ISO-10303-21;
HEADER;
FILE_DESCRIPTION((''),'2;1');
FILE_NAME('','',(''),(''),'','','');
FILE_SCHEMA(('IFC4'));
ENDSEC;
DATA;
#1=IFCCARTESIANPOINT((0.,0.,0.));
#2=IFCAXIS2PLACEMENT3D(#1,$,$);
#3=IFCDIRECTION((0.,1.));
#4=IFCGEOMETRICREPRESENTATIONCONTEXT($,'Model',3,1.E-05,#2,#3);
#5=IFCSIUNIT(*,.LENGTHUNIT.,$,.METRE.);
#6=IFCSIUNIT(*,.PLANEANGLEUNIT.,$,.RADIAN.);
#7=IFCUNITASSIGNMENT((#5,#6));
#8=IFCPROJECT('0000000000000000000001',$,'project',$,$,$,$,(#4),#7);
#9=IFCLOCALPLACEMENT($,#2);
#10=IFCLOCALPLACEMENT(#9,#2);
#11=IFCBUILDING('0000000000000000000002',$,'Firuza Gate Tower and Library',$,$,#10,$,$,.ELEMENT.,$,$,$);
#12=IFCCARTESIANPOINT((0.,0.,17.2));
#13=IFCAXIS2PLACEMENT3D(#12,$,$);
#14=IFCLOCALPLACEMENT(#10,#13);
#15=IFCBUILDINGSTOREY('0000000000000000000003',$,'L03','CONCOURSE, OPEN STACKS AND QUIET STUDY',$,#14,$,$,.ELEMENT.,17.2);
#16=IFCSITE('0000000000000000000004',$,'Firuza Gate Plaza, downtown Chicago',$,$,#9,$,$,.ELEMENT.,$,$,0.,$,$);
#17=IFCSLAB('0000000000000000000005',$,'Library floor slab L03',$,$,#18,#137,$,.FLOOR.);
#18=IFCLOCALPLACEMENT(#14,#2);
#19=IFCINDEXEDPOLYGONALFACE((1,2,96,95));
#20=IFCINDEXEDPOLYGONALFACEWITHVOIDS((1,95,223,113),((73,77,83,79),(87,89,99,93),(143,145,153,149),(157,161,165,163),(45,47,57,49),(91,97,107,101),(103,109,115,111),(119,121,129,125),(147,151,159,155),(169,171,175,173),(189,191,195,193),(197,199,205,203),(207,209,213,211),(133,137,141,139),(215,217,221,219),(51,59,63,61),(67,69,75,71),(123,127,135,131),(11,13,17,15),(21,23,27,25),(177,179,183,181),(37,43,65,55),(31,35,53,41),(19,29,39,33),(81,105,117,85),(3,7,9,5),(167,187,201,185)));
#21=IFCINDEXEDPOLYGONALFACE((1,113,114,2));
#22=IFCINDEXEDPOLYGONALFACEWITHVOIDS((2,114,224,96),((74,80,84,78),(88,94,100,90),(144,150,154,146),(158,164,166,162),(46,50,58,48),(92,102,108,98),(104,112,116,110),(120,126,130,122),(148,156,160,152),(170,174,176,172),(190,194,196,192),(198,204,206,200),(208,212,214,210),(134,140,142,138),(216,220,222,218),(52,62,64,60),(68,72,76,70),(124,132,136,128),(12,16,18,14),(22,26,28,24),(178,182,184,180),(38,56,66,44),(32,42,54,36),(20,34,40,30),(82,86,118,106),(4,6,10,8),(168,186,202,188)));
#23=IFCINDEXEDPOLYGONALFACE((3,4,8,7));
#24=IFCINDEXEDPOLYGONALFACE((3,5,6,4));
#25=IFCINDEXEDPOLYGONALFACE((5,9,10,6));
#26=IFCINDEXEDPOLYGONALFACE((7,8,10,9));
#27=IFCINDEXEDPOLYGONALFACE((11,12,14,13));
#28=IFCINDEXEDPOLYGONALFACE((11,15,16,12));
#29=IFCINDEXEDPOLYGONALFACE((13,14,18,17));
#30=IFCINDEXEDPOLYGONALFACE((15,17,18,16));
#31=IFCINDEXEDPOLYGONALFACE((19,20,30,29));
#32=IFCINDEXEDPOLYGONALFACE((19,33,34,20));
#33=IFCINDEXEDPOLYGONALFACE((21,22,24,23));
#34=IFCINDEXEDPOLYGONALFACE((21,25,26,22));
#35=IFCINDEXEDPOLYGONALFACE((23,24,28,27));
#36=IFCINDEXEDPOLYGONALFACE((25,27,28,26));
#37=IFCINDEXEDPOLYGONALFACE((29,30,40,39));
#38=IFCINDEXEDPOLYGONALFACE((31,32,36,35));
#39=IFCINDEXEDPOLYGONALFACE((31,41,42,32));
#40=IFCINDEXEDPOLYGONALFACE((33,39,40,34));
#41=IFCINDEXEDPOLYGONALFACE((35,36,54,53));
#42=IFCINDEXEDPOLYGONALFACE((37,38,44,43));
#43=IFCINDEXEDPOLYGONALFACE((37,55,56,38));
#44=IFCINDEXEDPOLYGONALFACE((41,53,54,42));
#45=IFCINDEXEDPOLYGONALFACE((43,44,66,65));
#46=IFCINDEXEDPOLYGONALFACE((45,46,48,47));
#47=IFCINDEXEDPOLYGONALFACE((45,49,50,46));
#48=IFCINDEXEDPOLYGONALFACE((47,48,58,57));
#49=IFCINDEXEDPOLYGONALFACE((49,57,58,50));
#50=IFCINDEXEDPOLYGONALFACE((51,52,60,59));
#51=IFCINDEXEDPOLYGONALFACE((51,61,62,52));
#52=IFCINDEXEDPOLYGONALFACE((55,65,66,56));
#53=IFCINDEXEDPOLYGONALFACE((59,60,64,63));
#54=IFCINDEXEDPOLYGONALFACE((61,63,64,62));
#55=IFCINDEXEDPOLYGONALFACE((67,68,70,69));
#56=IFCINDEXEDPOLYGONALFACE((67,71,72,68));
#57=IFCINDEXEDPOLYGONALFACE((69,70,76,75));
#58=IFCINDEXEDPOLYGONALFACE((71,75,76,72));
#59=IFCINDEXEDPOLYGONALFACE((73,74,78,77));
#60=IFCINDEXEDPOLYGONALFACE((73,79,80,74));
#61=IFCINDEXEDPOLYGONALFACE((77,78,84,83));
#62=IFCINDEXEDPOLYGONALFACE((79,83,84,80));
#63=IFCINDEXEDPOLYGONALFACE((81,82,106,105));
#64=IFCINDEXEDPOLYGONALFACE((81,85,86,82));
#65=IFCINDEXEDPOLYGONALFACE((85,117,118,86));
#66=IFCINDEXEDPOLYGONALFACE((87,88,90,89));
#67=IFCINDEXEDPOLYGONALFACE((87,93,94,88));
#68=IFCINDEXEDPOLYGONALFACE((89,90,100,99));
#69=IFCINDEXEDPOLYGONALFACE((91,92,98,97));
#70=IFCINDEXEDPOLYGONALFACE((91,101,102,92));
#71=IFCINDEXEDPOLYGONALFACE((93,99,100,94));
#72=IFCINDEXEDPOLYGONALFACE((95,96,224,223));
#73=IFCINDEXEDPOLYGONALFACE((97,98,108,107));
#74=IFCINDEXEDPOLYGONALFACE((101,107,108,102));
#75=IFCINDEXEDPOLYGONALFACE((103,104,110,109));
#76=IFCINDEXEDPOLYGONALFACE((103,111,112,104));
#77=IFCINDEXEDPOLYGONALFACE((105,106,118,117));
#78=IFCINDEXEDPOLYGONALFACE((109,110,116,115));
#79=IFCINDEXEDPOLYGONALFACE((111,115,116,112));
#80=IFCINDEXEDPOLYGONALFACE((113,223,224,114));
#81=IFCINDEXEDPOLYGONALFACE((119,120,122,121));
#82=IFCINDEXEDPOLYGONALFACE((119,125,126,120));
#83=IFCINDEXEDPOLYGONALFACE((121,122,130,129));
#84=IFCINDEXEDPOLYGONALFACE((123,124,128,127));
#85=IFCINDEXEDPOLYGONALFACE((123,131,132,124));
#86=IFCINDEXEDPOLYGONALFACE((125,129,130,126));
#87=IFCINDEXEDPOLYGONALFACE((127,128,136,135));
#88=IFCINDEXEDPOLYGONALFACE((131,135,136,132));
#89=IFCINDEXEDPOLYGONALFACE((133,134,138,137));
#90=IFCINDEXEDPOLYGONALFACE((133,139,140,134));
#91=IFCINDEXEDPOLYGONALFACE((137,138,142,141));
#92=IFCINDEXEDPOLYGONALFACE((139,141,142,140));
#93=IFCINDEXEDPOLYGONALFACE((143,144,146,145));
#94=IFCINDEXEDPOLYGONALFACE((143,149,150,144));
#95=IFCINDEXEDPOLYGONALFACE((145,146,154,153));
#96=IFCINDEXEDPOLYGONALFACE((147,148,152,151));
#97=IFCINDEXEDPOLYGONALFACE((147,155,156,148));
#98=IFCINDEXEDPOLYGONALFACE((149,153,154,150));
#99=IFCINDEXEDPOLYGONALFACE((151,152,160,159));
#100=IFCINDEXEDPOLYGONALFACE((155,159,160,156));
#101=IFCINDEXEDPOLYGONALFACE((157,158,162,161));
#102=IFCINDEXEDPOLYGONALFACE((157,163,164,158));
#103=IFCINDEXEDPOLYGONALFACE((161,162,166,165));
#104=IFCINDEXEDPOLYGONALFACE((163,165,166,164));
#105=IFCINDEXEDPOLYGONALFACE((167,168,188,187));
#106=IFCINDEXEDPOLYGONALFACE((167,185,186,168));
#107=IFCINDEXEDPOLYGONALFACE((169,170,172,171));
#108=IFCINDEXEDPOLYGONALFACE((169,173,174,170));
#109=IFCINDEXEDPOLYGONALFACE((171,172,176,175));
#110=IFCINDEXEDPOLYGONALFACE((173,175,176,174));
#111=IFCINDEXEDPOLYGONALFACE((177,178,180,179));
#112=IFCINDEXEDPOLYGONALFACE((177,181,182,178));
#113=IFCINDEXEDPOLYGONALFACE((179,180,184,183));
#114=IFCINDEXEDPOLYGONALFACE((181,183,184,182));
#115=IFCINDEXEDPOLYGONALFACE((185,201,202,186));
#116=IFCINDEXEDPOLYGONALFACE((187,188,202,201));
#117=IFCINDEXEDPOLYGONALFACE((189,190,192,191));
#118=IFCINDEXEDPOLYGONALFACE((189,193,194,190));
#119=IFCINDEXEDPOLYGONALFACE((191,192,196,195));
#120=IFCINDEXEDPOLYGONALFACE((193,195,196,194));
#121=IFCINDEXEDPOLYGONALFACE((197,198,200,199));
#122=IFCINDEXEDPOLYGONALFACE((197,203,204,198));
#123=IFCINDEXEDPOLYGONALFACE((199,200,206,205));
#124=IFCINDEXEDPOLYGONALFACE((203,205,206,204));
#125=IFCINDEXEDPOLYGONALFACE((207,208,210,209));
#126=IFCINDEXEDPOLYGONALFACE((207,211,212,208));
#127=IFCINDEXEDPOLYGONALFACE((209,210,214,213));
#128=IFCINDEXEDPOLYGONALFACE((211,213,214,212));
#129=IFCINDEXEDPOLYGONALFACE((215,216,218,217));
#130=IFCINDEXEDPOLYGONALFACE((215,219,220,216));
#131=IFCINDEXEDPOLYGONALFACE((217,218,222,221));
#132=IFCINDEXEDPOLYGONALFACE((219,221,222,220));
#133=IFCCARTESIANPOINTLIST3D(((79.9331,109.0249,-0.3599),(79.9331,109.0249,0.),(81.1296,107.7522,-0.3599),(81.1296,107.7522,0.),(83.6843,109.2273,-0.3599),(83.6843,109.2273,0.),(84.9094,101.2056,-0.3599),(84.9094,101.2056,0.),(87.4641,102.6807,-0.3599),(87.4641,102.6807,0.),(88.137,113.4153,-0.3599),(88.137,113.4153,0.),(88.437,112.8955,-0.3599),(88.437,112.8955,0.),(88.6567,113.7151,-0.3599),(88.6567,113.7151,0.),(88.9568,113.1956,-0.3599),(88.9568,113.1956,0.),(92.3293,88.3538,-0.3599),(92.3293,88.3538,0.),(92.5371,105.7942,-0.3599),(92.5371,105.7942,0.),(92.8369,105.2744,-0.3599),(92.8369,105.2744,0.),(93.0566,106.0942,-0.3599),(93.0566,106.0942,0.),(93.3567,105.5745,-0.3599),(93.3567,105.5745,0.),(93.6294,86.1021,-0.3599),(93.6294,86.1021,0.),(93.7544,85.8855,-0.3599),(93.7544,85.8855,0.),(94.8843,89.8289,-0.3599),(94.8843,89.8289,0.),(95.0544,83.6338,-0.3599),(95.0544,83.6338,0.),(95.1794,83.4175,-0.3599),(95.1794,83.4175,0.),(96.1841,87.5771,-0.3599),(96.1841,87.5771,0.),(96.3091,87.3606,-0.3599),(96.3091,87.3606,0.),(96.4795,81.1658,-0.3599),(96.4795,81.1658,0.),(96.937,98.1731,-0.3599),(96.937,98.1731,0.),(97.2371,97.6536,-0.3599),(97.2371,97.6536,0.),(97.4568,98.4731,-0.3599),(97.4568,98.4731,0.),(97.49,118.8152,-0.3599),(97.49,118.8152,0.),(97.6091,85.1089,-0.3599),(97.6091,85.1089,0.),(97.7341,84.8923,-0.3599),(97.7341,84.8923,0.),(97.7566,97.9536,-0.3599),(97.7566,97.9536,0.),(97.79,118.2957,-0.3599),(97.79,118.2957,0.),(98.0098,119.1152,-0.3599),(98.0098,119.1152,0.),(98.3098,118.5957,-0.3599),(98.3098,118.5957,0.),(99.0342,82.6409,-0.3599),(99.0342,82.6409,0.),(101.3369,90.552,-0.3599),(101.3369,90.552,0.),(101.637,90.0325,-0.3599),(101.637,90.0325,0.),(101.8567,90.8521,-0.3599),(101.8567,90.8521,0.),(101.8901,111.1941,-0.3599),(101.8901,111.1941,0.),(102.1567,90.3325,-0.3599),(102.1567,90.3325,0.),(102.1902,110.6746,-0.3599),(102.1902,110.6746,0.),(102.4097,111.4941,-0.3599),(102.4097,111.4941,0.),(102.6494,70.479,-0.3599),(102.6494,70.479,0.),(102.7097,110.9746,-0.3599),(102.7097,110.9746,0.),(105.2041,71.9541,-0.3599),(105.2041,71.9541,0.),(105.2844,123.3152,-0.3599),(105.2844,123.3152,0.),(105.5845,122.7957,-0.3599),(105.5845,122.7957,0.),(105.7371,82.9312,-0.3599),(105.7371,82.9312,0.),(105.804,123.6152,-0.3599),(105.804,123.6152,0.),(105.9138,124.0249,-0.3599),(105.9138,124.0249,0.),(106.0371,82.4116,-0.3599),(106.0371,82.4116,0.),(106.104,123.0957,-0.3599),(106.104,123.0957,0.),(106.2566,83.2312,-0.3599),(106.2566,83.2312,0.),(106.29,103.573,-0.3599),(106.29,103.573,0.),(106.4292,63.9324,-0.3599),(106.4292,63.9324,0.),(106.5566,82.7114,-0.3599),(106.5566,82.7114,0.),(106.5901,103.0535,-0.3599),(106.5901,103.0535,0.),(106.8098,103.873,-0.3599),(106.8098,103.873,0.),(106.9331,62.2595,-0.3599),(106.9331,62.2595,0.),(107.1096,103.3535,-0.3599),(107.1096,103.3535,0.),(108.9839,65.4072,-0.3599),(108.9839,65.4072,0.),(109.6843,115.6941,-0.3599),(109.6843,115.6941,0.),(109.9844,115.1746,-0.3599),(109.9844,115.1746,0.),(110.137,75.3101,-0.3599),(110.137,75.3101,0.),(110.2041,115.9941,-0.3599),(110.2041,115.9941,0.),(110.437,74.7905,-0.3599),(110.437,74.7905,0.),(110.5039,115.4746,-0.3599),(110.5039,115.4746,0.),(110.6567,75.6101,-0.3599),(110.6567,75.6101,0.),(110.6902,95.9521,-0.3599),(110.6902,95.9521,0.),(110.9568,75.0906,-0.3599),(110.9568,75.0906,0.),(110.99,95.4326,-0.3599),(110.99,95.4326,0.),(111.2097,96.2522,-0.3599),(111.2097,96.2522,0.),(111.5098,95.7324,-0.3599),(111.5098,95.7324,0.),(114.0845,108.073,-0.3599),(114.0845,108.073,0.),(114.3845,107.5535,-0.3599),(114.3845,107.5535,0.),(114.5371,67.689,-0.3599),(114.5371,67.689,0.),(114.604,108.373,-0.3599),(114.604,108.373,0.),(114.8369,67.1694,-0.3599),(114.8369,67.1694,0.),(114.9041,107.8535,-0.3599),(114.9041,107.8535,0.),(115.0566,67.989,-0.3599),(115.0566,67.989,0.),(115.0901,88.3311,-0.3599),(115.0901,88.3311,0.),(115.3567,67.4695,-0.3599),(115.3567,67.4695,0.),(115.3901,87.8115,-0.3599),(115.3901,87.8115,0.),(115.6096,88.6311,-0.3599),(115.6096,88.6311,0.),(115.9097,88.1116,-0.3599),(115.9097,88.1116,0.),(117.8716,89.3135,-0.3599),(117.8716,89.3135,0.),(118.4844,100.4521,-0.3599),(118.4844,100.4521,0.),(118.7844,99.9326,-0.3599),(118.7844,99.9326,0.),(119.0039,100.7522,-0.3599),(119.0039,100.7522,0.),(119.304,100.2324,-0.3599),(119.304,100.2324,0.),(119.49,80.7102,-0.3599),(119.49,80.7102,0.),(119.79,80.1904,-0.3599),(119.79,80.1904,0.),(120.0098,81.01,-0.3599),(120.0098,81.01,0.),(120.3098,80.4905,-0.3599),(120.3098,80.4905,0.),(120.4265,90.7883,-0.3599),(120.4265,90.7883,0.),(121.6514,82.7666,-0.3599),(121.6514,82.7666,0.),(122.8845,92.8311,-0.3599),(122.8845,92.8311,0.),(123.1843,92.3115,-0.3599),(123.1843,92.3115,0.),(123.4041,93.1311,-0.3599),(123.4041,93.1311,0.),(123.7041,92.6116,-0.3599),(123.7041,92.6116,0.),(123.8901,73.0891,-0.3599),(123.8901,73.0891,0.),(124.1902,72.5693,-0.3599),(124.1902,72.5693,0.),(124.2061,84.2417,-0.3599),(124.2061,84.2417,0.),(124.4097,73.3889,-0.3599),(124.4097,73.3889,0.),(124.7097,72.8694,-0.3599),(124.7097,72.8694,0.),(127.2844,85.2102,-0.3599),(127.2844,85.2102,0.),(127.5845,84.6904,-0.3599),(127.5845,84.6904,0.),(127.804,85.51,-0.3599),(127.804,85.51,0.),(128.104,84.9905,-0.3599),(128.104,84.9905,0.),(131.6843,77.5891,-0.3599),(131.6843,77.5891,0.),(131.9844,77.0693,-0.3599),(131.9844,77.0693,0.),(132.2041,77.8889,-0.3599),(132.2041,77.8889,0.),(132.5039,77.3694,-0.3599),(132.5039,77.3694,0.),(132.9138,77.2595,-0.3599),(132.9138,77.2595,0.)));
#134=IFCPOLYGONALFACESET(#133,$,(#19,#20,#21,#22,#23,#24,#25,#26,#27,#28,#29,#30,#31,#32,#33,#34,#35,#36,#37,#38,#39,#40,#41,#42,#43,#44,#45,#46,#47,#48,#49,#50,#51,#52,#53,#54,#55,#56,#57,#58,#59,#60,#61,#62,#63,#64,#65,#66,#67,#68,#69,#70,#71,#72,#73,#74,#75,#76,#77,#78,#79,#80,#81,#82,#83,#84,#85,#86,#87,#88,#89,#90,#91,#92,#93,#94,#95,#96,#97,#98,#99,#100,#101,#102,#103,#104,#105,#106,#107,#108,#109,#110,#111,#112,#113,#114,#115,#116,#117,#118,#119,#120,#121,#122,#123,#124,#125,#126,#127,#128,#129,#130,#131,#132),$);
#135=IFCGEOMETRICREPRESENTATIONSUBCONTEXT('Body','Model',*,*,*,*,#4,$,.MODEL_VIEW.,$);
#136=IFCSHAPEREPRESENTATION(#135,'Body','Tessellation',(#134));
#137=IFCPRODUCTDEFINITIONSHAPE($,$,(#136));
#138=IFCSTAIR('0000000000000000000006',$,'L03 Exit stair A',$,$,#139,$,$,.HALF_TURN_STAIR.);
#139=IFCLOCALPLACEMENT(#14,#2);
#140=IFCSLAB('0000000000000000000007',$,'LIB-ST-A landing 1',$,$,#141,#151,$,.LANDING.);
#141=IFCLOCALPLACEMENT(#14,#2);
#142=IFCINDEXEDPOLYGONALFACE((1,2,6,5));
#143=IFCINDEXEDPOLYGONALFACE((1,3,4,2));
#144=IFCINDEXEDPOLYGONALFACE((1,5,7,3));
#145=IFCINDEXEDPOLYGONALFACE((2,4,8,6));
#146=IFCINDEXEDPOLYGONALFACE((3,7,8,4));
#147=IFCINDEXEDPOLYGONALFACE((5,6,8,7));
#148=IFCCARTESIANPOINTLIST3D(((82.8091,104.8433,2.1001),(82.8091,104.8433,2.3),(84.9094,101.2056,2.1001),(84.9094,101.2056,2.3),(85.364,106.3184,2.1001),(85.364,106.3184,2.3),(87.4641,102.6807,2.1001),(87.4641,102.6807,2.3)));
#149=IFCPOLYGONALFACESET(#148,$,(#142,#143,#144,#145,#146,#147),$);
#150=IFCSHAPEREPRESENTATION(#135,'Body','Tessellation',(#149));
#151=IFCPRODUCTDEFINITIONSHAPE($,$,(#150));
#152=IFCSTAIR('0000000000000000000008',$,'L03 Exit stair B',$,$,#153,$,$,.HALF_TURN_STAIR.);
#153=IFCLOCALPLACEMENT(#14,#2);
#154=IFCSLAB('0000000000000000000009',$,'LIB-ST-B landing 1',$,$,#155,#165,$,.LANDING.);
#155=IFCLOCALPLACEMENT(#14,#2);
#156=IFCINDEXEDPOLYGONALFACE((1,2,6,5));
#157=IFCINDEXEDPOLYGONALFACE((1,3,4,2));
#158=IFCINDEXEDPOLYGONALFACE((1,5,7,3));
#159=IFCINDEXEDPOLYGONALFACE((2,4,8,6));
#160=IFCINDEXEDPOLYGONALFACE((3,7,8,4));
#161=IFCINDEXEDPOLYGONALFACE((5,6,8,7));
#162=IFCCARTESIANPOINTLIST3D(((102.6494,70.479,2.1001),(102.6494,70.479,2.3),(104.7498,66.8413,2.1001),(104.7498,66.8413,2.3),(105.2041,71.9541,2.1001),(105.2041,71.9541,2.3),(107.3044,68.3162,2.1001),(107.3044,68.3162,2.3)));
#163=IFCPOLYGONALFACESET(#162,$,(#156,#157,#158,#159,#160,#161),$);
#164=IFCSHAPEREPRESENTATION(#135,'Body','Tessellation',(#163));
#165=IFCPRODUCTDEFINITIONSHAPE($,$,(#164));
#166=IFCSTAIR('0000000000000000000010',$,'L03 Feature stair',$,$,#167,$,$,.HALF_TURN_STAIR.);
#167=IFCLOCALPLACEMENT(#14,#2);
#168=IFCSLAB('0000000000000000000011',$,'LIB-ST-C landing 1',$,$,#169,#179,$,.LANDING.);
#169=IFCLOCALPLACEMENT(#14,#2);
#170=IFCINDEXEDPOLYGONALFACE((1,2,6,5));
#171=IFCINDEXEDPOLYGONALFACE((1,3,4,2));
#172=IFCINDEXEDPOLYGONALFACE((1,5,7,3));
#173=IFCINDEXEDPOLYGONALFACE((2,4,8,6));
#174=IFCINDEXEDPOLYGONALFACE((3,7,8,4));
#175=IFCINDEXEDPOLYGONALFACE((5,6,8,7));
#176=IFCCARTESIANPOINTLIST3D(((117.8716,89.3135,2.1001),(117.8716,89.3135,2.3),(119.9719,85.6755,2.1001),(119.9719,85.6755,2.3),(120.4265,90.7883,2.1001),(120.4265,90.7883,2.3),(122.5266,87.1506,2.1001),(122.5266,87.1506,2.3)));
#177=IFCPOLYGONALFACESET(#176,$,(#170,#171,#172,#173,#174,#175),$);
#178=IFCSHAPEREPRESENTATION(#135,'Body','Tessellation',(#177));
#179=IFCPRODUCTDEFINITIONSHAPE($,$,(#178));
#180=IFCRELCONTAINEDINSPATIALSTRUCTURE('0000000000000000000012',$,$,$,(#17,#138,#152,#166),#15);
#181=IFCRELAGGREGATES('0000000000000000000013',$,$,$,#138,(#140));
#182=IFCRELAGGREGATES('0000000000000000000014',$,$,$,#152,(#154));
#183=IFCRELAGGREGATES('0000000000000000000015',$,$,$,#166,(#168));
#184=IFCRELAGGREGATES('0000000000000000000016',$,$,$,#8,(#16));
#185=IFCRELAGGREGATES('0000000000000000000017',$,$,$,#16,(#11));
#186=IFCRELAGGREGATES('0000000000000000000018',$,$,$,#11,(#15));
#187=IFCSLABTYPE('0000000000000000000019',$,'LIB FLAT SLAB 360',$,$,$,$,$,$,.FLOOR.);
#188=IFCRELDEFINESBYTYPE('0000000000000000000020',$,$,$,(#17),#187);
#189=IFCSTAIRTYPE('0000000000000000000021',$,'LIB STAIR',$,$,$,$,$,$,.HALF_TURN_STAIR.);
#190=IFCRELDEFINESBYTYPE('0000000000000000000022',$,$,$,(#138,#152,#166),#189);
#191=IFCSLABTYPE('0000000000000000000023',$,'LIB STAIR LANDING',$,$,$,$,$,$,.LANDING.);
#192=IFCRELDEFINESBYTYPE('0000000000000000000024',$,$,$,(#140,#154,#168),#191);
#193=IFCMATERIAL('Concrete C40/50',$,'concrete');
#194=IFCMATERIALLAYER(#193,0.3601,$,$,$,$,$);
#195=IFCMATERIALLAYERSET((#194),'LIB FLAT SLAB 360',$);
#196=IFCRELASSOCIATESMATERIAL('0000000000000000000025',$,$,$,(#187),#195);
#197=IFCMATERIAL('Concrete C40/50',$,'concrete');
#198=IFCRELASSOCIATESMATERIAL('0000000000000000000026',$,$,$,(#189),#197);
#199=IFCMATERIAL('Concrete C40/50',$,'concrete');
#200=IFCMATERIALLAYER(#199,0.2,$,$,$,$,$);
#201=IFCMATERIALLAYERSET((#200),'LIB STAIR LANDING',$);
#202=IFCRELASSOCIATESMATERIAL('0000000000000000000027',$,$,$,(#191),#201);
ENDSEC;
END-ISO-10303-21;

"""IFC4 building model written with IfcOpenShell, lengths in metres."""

from ifc_helpers import new_model, si_unit, direction, frame, origin, place, context, subcontext, project, spatial, polyline, outline, extrude, material, layer, layer_set, type_object, element, aggregate, save


model = new_model("IFC4")

# Units and contexts
model_context = context("Model", 3, precision=1e-05, world=origin(), true_north=direction((0.0, 1.0)))
body_context = subcontext(model_context, "Body", "Model", "MODEL_VIEW")
ifc_project = project(units=[si_unit("LENGTHUNIT", "METRE"), si_unit("PLANEANGLEUNIT", "RADIAN")], contexts=[model_context])

# Site, building, storey
site_placement = place(None, origin())
site = spatial("IfcSite", under=ifc_project, at=site_placement, Name="Firuza Gate Plaza, downtown Chicago", CompositionType="ELEMENT", RefElevation=0.0)
building_placement = place(site_placement, origin())
building = spatial("IfcBuilding", under=site, at=building_placement, Name="Firuza Gate Tower and Library", CompositionType="ELEMENT")
storey_placement = place(building_placement, frame((0.0, 0.0, 17.2)))
storey = spatial("IfcBuildingStorey", under=building, at=storey_placement, Name="L03", Description="CONCOURSE, OPEN STACKS AND QUIET STUDY", CompositionType="ELEMENT", Elevation=17.2)

# Shared definitions
placement_1 = place(storey_placement, origin())

# Slab
ifc_material_1 = material(Name="Concrete C40/50", Category="concrete")
ifc_layer_1 = layer(ifc_material_1, 0.3601)
ifc_layer_set_1 = layer_set([ifc_layer_1], Name="LIB FLAT SLAB 360")
slab_type_1 = type_object("IfcSlabType", Name="LIB FLAT SLAB 360", PredefinedType="FLOOR", material=ifc_layer_set_1)
slab_1_placement = place(storey_placement, frame((0.0, 0.0, -0.3599)))
element("IfcSlab", 1, at=slab_1_placement, inside=storey, type_object=slab_type_1, Name="Library floor slab L03", PredefinedType="FLOOR", context=body_context, shape_type="SweptSolid", body=[
    extrude(outline(polyline([(106.9331, 62.2595), (132.9138, 77.2595), (105.9138, 124.0249), (79.9331, 109.0249), (106.9331, 62.2595)]), holes=[polyline([(108.9839, 65.4072), (105.2041, 71.9541), (102.6494, 70.479), (106.4292, 63.9324), (108.9839, 65.4072)]), polyline([(96.4795, 81.1658), (99.0342, 82.6409), (97.7341, 84.8923), (95.1794, 83.4175), (96.4795, 81.1658)]), polyline([(95.0544, 83.6338), (97.6091, 85.1089), (96.3091, 87.3606), (93.7544, 85.8855), (95.0544, 83.6338)]), polyline([(114.5371, 67.689), (114.8369, 67.1694), (115.3567, 67.4695), (115.0566, 67.989), (114.5371, 67.689)]), polyline([(110.437, 74.7905), (110.9568, 75.0906), (110.6567, 75.6101), (110.137, 75.3101), (110.437, 74.7905)]), polyline([(106.0371, 82.4116), (106.5566, 82.7114), (106.2566, 83.2312), (105.7371, 82.9312), (106.0371, 82.4116)]), polyline([(101.3369, 90.552), (101.637, 90.0325), (102.1567, 90.3325), (101.8567, 90.8521), (101.3369, 90.552)]), polyline([(124.1902, 72.5693), (124.7097, 72.8694), (124.4097, 73.3889), (123.8901, 73.0891), (124.1902, 72.5693)]), polyline([(119.79, 80.1904), (120.3098, 80.4905), (120.0098, 81.01), (119.49, 80.7102), (119.79, 80.1904)]), polyline([(115.3901, 87.8115), (115.9097, 88.1116), (115.6096, 88.6311), (115.0901, 88.3311), (115.3901, 87.8115)]), polyline([(120.4265, 90.7883), (117.8716, 89.3135), (121.6514, 82.7666), (124.2061, 84.2417), (120.4265, 90.7883)]), polyline([(131.9844, 77.0693), (132.5039, 77.3694), (132.2041, 77.8889), (131.6843, 77.5891), (131.9844, 77.0693)]), polyline([(127.5845, 84.6904), (128.104, 84.9905), (127.804, 85.51), (127.2844, 85.2102), (127.5845, 84.6904)]), polyline([(122.8845, 92.8311), (123.1843, 92.3115), (123.7041, 92.6116), (123.4041, 93.1311), (122.8845, 92.8311)]), polyline([(84.9094, 101.2056), (87.4641, 102.6807), (83.6843, 109.2273), (81.1296, 107.7522), (84.9094, 101.2056)]), polyline([(93.6294, 86.1021), (96.1841, 87.5771), (94.8843, 89.8289), (92.3293, 88.3538), (93.6294, 86.1021)]), polyline([(97.2371, 97.6536), (97.7566, 97.9536), (97.4568, 98.4731), (96.937, 98.1731), (97.2371, 97.6536)]), polyline([(92.8369, 105.2744), (93.3567, 105.5745), (93.0566, 106.0942), (92.5371, 105.7942), (92.8369, 105.2744)]), polyline([(88.437, 112.8955), (88.9568, 113.1956), (88.6567, 113.7151), (88.137, 113.4153), (88.437, 112.8955)]), polyline([(110.99, 95.4326), (111.5098, 95.7324), (111.2097, 96.2522), (110.6902, 95.9521), (110.99, 95.4326)]), polyline([(106.29, 103.573), (106.5901, 103.0535), (107.1096, 103.3535), (106.8098, 103.873), (106.29, 103.573)]), polyline([(102.1902, 110.6746), (102.7097, 110.9746), (102.4097, 111.4941), (101.8901, 111.1941), (102.1902, 110.6746)]), polyline([(97.79, 118.2957), (98.3098, 118.5957), (98.0098, 119.1152), (97.49, 118.8152), (97.79, 118.2957)]), polyline([(118.7844, 99.9326), (119.304, 100.2324), (119.0039, 100.7522), (118.4844, 100.4521), (118.7844, 99.9326)]), polyline([(114.3845, 107.5535), (114.9041, 107.8535), (114.604, 108.373), (114.0845, 108.073), (114.3845, 107.5535)]), polyline([(109.9844, 115.1746), (110.5039, 115.4746), (110.2041, 115.9941), (109.6843, 115.6941), (109.9844, 115.1746)]), polyline([(105.5845, 122.7957), (106.104, 123.0957), (105.804, 123.6152), (105.2844, 123.3152), (105.5845, 122.7957)])]), origin(), (0.0, 0.0, 1.0), 0.3599),
])

# Stairs, slabs
ifc_material_2 = material(Name="Concrete C40/50", Category="concrete")
stair_type_1 = type_object("IfcStairType", Name="LIB STAIR", PredefinedType="HALF_TURN_STAIR", material=ifc_material_2)
stair_1 = element("IfcStair", 2, at=placement_1, inside=storey, type_object=stair_type_1, Name="L03 Exit stair A", PredefinedType="HALF_TURN_STAIR")
ifc_material_3 = material(Name="Concrete C40/50", Category="concrete")
ifc_layer_2 = layer(ifc_material_3, 0.2)
ifc_layer_set_2 = layer_set([ifc_layer_2], Name="LIB STAIR LANDING")
slab_type_2 = type_object("IfcSlabType", Name="LIB STAIR LANDING", PredefinedType="LANDING", material=ifc_layer_set_2)
placement_2 = place(storey_placement, frame((0.0, 0.0, 2.1001)))
slab_2 = element("IfcSlab", 3, at=placement_2, type_object=slab_type_2, Name="LIB-ST-A landing 1", PredefinedType="LANDING", context=body_context, shape_type="SweptSolid", body=[
    extrude(outline(polyline([(82.8091, 104.8433), (84.9094, 101.2056), (87.4641, 102.6807), (85.364, 106.3184), (82.8091, 104.8433)])), origin(), (0.0, 0.0, 1.0), 0.2),
])
aggregate(stair_1, [slab_2])
stair_2 = element("IfcStair", 4, at=placement_1, inside=storey, type_object=stair_type_1, Name="L03 Exit stair B", PredefinedType="HALF_TURN_STAIR")
slab_3 = element("IfcSlab", 5, at=placement_2, type_object=slab_type_2, Name="LIB-ST-B landing 1", PredefinedType="LANDING", context=body_context, shape_type="SweptSolid", body=[
    extrude(outline(polyline([(107.3044, 68.3162), (105.2041, 71.9541), (102.6494, 70.479), (104.7498, 66.8413), (107.3044, 68.3162)])), origin(), (0.0, 0.0, 1.0), 0.2),
])
aggregate(stair_2, [slab_3])
stair_3 = element("IfcStair", 6, at=placement_1, inside=storey, type_object=stair_type_1, Name="L03 Feature stair", PredefinedType="HALF_TURN_STAIR")
slab_4 = element("IfcSlab", 7, at=placement_2, type_object=slab_type_2, Name="LIB-ST-C landing 1", PredefinedType="LANDING", context=body_context, shape_type="SweptSolid", body=[
    extrude(outline(polyline([(122.5266, 87.1506), (120.4265, 90.7883), (117.8716, 89.3135), (119.9719, 85.6755), (122.5266, 87.1506)])), origin(), (0.0, 0.0, 1.0), 0.2),
])
aggregate(stair_3, [slab_4])

save(model, "model.ifc")
